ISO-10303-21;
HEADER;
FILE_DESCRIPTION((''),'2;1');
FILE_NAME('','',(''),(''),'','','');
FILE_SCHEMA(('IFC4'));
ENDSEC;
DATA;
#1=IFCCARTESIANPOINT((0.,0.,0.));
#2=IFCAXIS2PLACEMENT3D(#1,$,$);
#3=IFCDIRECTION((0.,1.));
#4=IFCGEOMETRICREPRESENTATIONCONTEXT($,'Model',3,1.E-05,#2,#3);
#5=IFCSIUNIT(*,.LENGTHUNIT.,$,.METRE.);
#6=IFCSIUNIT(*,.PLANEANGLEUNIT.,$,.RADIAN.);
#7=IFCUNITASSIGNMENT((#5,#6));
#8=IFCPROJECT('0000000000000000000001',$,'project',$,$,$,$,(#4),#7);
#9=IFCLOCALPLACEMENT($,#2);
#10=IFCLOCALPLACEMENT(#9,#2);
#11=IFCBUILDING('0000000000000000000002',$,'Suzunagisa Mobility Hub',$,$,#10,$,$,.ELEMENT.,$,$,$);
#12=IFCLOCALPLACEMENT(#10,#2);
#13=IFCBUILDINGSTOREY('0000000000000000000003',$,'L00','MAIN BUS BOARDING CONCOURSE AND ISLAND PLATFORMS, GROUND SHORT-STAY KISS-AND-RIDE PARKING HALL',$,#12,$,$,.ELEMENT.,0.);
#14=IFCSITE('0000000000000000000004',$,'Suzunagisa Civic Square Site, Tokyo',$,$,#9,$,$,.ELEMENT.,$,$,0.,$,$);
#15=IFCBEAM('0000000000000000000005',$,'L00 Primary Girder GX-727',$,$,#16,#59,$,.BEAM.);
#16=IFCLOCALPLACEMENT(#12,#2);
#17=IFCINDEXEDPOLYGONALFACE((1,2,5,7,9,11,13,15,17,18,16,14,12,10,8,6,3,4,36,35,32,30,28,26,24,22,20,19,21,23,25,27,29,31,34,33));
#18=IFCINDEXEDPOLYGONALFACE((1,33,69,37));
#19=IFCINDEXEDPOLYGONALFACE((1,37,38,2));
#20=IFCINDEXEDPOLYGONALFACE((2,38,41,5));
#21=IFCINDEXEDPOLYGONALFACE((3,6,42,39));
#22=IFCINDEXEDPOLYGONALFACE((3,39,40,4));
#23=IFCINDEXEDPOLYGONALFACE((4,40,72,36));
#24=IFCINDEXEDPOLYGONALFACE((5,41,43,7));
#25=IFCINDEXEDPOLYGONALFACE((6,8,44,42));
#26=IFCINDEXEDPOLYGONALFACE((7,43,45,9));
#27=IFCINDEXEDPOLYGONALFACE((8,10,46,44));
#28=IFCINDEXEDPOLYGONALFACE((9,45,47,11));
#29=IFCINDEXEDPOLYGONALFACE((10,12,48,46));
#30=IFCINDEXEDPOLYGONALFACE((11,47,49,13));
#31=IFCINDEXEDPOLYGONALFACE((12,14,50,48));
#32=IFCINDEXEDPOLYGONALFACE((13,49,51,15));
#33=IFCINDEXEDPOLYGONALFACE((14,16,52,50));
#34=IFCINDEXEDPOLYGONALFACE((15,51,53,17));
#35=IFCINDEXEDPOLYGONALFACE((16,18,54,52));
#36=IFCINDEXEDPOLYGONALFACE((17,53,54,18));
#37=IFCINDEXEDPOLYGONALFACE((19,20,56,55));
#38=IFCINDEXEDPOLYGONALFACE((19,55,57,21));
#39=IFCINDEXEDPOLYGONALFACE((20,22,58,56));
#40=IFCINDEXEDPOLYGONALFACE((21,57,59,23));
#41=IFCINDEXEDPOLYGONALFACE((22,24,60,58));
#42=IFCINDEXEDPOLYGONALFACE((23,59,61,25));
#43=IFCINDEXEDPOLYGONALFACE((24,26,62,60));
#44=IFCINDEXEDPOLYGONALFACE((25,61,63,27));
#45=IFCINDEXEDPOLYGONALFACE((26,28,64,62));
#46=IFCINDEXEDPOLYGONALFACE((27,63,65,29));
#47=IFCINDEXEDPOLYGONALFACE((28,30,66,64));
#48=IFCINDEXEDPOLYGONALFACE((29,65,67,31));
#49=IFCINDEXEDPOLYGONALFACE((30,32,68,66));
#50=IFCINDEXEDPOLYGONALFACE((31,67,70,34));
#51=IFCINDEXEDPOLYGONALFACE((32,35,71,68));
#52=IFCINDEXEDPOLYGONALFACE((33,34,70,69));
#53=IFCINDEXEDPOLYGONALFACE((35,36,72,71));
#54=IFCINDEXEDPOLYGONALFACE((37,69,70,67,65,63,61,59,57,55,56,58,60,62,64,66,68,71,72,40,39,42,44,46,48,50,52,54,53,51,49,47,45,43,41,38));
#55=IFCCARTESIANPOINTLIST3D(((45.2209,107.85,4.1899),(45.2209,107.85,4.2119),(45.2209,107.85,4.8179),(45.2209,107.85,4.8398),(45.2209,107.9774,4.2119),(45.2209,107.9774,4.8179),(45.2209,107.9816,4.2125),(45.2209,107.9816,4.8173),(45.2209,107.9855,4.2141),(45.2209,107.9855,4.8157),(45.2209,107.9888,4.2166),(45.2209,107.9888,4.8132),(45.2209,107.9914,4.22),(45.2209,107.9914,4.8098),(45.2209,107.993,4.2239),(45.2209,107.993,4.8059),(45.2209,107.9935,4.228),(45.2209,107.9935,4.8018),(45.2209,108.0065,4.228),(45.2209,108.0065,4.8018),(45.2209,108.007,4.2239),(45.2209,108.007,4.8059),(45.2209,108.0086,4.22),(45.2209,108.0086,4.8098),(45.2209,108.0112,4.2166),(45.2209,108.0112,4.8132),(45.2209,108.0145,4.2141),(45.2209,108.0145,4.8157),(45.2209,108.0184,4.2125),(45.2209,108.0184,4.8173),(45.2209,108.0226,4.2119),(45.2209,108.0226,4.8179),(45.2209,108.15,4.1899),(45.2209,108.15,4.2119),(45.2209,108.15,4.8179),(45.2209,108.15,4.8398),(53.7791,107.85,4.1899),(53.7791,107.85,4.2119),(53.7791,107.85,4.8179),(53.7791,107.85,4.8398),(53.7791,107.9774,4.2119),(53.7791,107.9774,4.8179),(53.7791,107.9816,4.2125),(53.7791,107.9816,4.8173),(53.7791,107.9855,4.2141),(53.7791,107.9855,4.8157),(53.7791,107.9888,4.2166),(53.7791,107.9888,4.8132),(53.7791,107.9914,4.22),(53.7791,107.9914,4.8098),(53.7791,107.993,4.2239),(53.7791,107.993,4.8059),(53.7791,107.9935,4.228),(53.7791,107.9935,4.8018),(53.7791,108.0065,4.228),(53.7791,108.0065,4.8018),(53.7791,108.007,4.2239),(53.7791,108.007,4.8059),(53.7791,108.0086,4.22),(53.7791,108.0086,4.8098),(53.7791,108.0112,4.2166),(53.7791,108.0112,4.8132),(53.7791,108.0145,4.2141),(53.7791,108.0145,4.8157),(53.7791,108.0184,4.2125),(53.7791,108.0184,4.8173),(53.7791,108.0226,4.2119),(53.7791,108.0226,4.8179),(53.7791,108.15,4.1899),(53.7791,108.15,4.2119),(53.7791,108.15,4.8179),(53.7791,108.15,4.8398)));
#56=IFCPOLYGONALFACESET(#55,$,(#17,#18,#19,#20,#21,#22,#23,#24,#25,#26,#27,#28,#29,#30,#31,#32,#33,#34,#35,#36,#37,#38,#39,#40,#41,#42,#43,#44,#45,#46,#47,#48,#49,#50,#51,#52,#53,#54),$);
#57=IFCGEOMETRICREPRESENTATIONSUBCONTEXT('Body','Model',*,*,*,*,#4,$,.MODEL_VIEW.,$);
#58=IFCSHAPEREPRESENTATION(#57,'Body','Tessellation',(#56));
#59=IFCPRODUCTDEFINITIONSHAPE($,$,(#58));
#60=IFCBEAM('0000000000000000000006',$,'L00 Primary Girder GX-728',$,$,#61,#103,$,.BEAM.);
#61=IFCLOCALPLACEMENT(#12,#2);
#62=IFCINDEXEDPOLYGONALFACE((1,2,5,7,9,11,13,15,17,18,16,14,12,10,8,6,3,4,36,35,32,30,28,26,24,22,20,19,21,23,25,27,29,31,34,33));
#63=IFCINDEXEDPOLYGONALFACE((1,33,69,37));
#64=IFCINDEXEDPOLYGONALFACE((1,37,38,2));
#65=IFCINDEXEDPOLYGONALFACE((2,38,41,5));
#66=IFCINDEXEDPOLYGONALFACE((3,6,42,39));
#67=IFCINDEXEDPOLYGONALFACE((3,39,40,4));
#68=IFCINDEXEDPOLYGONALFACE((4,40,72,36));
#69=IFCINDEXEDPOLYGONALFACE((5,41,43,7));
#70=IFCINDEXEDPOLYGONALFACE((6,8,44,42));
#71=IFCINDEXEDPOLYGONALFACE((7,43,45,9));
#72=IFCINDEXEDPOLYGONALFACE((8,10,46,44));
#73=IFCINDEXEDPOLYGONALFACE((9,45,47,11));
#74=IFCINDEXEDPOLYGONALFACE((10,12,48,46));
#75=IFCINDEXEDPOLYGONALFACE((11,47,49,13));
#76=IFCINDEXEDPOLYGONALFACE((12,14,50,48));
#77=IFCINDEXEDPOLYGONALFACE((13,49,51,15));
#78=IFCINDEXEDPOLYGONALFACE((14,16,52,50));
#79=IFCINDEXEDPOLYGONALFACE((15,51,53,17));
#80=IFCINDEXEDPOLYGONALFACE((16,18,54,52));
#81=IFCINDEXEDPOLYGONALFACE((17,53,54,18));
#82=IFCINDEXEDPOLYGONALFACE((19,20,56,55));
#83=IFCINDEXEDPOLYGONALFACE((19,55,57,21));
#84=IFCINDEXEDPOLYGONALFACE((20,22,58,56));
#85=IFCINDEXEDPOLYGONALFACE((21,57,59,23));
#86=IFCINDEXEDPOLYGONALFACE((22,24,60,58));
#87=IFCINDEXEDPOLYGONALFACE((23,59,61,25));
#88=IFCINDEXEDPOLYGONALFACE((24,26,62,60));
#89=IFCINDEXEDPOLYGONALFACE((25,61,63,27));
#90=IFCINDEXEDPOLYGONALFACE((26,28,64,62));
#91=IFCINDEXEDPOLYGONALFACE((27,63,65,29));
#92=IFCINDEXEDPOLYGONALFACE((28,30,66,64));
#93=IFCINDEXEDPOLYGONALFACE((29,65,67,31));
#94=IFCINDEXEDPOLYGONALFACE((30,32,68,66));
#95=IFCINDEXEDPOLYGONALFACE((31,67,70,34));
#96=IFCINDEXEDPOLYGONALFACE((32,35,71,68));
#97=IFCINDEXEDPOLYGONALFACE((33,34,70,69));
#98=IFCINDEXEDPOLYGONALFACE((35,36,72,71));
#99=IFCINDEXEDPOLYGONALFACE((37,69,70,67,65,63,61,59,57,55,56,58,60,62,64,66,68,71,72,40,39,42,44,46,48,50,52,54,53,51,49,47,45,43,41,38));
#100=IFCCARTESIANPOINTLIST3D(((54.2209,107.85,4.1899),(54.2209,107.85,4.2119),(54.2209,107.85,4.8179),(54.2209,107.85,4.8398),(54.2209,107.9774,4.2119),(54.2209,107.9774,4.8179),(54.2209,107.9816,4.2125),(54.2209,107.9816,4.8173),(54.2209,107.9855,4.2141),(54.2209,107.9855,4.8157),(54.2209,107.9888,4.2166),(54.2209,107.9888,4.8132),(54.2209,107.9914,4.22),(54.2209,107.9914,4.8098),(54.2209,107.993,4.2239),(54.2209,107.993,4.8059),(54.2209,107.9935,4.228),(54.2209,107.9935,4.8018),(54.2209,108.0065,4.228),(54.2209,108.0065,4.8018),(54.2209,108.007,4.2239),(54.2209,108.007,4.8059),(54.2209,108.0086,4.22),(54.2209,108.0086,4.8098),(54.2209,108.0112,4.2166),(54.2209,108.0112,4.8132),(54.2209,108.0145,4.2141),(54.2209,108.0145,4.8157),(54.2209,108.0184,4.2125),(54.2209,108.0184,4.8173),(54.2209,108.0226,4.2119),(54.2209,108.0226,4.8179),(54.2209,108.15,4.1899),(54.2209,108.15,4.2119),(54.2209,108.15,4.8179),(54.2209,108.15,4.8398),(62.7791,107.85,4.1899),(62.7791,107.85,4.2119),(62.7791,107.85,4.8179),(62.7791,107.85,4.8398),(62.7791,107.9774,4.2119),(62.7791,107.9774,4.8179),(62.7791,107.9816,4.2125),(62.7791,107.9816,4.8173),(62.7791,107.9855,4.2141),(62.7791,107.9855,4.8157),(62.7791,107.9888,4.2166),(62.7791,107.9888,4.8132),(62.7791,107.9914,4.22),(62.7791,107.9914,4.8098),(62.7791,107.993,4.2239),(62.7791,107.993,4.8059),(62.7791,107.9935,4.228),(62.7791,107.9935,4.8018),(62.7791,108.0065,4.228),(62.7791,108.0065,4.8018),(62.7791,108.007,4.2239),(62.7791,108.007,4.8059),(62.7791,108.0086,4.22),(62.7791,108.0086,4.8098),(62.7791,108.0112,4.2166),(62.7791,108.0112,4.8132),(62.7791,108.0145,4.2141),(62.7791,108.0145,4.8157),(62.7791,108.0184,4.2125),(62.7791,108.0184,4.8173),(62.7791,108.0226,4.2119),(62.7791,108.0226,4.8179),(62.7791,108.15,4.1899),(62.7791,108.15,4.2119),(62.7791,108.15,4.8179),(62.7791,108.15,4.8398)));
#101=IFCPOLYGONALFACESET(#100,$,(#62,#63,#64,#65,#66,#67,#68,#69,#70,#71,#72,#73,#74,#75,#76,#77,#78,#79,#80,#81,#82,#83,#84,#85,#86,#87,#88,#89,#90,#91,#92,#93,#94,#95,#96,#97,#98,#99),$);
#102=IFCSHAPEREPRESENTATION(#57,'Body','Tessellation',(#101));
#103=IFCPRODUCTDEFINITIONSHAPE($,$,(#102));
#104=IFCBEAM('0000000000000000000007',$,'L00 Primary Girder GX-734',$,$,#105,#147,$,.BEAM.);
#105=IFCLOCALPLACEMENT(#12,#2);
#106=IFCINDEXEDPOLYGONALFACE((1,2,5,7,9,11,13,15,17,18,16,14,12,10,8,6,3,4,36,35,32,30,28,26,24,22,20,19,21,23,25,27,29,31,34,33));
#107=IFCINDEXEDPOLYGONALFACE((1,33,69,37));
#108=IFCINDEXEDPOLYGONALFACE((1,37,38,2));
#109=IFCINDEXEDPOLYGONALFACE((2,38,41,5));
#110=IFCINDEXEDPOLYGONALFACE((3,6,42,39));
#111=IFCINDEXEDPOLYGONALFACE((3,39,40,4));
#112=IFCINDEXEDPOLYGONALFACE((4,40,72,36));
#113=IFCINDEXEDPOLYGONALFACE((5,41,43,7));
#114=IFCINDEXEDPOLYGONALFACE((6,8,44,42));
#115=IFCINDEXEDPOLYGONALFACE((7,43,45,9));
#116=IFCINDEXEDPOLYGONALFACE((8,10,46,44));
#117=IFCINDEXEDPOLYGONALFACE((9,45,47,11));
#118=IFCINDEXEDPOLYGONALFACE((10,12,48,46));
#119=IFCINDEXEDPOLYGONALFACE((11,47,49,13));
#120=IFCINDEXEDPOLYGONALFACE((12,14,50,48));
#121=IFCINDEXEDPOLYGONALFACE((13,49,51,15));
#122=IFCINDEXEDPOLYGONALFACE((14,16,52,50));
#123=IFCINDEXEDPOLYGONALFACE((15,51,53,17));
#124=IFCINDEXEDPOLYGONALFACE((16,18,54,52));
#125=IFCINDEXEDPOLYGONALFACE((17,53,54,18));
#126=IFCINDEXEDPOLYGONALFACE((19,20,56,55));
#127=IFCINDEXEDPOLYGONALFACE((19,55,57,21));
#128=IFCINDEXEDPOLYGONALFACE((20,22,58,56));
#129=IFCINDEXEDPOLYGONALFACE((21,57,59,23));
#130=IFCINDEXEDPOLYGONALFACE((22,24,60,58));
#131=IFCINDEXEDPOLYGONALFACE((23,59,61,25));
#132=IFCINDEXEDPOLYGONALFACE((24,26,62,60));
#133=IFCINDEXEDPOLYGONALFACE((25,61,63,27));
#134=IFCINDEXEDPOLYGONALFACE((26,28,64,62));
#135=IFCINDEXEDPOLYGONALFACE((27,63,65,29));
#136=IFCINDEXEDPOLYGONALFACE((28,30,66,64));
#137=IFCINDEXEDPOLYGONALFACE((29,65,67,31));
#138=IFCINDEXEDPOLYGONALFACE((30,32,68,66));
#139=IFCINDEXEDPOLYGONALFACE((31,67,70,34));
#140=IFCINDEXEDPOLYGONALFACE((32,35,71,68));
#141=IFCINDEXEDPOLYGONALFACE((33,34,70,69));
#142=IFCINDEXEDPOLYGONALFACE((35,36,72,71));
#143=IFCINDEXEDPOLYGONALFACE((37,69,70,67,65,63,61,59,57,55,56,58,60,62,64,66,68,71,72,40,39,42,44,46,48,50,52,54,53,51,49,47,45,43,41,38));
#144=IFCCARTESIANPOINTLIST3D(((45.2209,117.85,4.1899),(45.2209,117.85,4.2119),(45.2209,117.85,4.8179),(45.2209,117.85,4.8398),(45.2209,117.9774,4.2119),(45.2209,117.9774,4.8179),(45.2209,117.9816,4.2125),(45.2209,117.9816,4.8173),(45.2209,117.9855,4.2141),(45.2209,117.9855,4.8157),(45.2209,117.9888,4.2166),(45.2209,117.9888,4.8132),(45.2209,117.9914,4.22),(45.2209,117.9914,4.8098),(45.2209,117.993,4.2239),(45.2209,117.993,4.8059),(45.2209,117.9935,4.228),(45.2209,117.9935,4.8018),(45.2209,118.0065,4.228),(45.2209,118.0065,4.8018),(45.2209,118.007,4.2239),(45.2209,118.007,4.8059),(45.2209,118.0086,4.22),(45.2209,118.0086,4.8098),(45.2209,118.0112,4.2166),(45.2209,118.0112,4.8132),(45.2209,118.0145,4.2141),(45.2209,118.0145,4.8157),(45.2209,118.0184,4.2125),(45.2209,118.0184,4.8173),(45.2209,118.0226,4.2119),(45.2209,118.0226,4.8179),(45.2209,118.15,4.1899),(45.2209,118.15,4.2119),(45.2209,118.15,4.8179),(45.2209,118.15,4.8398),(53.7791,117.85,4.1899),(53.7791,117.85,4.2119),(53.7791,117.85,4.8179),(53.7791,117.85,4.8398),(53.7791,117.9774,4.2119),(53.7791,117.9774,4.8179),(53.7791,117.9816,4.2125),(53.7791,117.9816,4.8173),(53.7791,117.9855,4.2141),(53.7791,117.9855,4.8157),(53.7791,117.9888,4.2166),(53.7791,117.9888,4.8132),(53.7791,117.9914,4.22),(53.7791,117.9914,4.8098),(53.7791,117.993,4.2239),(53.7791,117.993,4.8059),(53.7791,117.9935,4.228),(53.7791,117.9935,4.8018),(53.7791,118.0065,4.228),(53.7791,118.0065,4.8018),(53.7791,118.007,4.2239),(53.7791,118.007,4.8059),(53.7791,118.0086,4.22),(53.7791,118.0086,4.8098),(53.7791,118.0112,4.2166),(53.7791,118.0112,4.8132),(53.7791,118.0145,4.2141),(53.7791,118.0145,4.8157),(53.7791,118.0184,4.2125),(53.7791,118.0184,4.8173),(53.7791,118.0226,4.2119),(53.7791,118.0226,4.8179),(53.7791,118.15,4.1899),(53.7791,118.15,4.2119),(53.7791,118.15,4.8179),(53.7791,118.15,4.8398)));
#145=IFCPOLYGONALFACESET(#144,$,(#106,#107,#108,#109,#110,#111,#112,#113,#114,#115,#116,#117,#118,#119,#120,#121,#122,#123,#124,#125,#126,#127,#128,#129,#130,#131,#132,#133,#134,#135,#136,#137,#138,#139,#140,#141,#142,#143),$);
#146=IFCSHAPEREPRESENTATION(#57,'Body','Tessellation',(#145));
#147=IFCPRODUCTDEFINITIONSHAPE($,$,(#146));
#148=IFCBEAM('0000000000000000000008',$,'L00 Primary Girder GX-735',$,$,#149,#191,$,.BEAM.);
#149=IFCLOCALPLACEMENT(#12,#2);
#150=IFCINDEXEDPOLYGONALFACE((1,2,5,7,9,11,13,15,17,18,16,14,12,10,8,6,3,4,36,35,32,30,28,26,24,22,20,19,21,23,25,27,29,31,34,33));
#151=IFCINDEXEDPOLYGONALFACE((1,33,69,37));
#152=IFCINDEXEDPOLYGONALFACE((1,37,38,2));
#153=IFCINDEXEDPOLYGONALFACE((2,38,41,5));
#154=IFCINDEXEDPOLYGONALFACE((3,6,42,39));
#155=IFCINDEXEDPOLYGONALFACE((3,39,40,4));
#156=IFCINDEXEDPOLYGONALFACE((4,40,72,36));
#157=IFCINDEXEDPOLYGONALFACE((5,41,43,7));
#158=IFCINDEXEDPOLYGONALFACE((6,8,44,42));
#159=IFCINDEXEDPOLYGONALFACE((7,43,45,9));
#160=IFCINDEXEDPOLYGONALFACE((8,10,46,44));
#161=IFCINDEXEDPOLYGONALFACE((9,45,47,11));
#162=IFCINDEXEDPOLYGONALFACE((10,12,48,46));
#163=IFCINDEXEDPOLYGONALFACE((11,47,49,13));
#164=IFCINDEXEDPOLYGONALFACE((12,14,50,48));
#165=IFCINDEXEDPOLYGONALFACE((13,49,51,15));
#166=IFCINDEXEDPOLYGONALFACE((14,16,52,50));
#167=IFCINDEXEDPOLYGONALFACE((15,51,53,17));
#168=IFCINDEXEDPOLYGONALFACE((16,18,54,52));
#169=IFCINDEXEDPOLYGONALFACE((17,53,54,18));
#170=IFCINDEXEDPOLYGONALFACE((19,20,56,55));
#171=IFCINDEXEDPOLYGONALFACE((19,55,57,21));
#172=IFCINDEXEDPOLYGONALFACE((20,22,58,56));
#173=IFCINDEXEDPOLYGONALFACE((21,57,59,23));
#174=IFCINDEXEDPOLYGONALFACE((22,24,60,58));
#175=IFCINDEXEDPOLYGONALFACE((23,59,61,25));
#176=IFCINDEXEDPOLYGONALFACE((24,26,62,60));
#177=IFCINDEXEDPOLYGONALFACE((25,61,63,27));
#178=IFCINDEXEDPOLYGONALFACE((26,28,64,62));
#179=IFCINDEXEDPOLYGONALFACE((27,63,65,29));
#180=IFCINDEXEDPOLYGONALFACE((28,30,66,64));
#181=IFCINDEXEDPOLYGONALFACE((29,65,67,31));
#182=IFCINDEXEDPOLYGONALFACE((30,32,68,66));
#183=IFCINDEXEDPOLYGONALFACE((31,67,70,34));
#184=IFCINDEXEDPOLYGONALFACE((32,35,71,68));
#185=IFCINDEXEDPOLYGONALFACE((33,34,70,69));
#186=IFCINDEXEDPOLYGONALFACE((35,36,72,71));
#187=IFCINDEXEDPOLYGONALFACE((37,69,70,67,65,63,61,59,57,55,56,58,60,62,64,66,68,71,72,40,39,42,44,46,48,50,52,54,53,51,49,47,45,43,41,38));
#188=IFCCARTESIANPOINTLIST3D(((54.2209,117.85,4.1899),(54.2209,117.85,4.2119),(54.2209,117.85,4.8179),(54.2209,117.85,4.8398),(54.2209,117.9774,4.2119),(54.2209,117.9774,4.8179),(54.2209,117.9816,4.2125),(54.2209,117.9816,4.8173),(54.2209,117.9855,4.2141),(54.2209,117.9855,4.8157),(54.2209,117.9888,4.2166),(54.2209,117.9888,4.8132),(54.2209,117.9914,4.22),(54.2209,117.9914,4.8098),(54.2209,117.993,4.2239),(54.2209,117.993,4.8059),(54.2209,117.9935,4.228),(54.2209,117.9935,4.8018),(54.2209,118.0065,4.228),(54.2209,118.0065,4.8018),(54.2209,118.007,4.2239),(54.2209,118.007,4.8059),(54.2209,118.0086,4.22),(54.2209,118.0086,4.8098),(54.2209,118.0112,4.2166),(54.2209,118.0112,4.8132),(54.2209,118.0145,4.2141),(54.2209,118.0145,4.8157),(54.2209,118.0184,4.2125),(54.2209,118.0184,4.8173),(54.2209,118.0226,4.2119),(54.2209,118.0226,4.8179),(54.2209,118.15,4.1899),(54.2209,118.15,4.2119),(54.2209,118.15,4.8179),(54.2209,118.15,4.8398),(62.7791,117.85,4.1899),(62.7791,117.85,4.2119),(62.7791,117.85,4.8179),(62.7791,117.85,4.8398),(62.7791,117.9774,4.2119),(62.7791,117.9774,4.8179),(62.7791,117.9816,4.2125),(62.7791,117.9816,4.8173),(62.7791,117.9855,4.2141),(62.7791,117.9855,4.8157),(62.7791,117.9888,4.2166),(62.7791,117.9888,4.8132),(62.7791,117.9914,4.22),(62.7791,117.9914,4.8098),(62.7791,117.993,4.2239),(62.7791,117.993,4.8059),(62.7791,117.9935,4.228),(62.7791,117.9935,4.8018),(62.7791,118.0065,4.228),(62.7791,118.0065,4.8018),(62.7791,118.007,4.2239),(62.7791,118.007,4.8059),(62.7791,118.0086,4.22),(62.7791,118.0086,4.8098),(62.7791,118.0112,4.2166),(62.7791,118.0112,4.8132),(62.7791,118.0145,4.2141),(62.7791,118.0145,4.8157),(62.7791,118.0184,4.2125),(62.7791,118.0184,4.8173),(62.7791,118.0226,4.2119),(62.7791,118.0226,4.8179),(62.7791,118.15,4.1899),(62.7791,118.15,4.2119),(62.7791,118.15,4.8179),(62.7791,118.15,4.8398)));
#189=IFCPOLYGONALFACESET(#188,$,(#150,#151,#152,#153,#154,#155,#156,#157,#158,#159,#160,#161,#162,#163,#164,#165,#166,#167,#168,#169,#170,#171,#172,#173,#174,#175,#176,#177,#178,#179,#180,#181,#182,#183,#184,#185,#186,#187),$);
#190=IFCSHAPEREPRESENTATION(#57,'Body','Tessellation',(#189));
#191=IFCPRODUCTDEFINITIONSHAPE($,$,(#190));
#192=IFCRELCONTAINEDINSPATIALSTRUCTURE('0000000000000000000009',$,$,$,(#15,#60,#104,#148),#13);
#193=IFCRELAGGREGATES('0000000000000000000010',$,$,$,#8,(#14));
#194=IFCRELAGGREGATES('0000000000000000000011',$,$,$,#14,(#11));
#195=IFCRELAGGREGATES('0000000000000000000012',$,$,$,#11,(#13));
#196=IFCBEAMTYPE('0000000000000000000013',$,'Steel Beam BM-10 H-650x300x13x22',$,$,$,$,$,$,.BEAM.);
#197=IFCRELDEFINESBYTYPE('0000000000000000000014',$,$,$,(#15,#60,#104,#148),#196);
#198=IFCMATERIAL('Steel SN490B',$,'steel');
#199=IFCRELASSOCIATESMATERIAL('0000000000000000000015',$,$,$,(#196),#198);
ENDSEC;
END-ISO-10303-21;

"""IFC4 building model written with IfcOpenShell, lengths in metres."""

from ifc_helpers import new_model, si_unit, direction, frame, origin, origin_2d, place, context, subcontext, project, spatial, i_section, extrude, material, material_profile, profile_set, type_object, element, save


model = new_model("IFC4")

# Units and contexts
model_context = context("Model", 3, precision=1e-05, world=origin(), true_north=direction((0.0, 1.0)))
body_context = subcontext(model_context, "Body", "Model", "MODEL_VIEW")
ifc_project = project(units=[si_unit("LENGTHUNIT", "METRE"), si_unit("PLANEANGLEUNIT", "RADIAN")], contexts=[model_context])

# Site, building, storey
site_placement = place(None, origin())
site = spatial("IfcSite", under=ifc_project, at=site_placement, Name="Suzunagisa Civic Square Site, Tokyo", CompositionType="ELEMENT", RefElevation=0.0)
building_placement = place(site_placement, origin())
building = spatial("IfcBuilding", under=site, at=building_placement, Name="Suzunagisa Mobility Hub", CompositionType="ELEMENT")
storey_placement = place(building_placement, origin())
storey = spatial("IfcBuildingStorey", under=building, at=storey_placement, Name="L00", Description="MAIN BUS BOARDING CONCOURSE AND ISLAND PLATFORMS, GROUND SHORT-STAY KISS-AND-RIDE PARKING HALL", CompositionType="ELEMENT", Elevation=0.0)

# Shared definitions
ifc_material_1 = material(Name="Steel SN490B", Category="steel")

# Beams
ifc_material_profile_1 = material_profile(ifc_material_1, i_section(OverallWidth=0.3, OverallDepth=0.6499, WebThickness=0.0129, FlangeThickness=0.022, FilletRadius=0.0161, at=origin_2d()), Name="H-650x300x13x22")
ifc_profile_set_1 = profile_set([ifc_material_profile_1], Name="Steel SN490B")
beam_type_1 = type_object("IfcBeamType", Name="Steel Beam BM-10 H-650x300x13x22", PredefinedType="BEAM", material=ifc_profile_set_1)
for number, where, z_axis, x_axis, name in (
    (1, (45.2209, 108.0, 4.5149), (1.0, 0.0, 0.0), (0.0, 1.0, 0.0), "L00 Primary Girder GX-727"),
    (2, (54.2209, 108.0, 4.5149), (1.0, 0.0, 0.0), (0.0, 1.0, 0.0), "L00 Primary Girder GX-728"),
    (3, (45.2209, 118.0, 4.5149), (1.0, 0.0, 0.0), (0.0, 1.0, 0.0), "L00 Primary Girder GX-734"),
    (4, (54.2209, 118.0, 4.5149), (1.0, 0.0, 0.0), (0.0, 1.0, 0.0), "L00 Primary Girder GX-735"),
):
    element("IfcBeam", number, at=place(storey_placement, frame(where, z_axis=z_axis, x_axis=x_axis)), inside=storey, type_object=beam_type_1, Name=name, PredefinedType="BEAM", context=body_context, shape_type="SweptSolid", body=[
        extrude(i_section(OverallWidth=0.3, OverallDepth=0.6499, WebThickness=0.0129, FlangeThickness=0.022, FilletRadius=0.0161, at=origin_2d()), origin(), (0.0, 0.0, 1.0), 8.5581),
    ])

save(model, "model.ifc")
